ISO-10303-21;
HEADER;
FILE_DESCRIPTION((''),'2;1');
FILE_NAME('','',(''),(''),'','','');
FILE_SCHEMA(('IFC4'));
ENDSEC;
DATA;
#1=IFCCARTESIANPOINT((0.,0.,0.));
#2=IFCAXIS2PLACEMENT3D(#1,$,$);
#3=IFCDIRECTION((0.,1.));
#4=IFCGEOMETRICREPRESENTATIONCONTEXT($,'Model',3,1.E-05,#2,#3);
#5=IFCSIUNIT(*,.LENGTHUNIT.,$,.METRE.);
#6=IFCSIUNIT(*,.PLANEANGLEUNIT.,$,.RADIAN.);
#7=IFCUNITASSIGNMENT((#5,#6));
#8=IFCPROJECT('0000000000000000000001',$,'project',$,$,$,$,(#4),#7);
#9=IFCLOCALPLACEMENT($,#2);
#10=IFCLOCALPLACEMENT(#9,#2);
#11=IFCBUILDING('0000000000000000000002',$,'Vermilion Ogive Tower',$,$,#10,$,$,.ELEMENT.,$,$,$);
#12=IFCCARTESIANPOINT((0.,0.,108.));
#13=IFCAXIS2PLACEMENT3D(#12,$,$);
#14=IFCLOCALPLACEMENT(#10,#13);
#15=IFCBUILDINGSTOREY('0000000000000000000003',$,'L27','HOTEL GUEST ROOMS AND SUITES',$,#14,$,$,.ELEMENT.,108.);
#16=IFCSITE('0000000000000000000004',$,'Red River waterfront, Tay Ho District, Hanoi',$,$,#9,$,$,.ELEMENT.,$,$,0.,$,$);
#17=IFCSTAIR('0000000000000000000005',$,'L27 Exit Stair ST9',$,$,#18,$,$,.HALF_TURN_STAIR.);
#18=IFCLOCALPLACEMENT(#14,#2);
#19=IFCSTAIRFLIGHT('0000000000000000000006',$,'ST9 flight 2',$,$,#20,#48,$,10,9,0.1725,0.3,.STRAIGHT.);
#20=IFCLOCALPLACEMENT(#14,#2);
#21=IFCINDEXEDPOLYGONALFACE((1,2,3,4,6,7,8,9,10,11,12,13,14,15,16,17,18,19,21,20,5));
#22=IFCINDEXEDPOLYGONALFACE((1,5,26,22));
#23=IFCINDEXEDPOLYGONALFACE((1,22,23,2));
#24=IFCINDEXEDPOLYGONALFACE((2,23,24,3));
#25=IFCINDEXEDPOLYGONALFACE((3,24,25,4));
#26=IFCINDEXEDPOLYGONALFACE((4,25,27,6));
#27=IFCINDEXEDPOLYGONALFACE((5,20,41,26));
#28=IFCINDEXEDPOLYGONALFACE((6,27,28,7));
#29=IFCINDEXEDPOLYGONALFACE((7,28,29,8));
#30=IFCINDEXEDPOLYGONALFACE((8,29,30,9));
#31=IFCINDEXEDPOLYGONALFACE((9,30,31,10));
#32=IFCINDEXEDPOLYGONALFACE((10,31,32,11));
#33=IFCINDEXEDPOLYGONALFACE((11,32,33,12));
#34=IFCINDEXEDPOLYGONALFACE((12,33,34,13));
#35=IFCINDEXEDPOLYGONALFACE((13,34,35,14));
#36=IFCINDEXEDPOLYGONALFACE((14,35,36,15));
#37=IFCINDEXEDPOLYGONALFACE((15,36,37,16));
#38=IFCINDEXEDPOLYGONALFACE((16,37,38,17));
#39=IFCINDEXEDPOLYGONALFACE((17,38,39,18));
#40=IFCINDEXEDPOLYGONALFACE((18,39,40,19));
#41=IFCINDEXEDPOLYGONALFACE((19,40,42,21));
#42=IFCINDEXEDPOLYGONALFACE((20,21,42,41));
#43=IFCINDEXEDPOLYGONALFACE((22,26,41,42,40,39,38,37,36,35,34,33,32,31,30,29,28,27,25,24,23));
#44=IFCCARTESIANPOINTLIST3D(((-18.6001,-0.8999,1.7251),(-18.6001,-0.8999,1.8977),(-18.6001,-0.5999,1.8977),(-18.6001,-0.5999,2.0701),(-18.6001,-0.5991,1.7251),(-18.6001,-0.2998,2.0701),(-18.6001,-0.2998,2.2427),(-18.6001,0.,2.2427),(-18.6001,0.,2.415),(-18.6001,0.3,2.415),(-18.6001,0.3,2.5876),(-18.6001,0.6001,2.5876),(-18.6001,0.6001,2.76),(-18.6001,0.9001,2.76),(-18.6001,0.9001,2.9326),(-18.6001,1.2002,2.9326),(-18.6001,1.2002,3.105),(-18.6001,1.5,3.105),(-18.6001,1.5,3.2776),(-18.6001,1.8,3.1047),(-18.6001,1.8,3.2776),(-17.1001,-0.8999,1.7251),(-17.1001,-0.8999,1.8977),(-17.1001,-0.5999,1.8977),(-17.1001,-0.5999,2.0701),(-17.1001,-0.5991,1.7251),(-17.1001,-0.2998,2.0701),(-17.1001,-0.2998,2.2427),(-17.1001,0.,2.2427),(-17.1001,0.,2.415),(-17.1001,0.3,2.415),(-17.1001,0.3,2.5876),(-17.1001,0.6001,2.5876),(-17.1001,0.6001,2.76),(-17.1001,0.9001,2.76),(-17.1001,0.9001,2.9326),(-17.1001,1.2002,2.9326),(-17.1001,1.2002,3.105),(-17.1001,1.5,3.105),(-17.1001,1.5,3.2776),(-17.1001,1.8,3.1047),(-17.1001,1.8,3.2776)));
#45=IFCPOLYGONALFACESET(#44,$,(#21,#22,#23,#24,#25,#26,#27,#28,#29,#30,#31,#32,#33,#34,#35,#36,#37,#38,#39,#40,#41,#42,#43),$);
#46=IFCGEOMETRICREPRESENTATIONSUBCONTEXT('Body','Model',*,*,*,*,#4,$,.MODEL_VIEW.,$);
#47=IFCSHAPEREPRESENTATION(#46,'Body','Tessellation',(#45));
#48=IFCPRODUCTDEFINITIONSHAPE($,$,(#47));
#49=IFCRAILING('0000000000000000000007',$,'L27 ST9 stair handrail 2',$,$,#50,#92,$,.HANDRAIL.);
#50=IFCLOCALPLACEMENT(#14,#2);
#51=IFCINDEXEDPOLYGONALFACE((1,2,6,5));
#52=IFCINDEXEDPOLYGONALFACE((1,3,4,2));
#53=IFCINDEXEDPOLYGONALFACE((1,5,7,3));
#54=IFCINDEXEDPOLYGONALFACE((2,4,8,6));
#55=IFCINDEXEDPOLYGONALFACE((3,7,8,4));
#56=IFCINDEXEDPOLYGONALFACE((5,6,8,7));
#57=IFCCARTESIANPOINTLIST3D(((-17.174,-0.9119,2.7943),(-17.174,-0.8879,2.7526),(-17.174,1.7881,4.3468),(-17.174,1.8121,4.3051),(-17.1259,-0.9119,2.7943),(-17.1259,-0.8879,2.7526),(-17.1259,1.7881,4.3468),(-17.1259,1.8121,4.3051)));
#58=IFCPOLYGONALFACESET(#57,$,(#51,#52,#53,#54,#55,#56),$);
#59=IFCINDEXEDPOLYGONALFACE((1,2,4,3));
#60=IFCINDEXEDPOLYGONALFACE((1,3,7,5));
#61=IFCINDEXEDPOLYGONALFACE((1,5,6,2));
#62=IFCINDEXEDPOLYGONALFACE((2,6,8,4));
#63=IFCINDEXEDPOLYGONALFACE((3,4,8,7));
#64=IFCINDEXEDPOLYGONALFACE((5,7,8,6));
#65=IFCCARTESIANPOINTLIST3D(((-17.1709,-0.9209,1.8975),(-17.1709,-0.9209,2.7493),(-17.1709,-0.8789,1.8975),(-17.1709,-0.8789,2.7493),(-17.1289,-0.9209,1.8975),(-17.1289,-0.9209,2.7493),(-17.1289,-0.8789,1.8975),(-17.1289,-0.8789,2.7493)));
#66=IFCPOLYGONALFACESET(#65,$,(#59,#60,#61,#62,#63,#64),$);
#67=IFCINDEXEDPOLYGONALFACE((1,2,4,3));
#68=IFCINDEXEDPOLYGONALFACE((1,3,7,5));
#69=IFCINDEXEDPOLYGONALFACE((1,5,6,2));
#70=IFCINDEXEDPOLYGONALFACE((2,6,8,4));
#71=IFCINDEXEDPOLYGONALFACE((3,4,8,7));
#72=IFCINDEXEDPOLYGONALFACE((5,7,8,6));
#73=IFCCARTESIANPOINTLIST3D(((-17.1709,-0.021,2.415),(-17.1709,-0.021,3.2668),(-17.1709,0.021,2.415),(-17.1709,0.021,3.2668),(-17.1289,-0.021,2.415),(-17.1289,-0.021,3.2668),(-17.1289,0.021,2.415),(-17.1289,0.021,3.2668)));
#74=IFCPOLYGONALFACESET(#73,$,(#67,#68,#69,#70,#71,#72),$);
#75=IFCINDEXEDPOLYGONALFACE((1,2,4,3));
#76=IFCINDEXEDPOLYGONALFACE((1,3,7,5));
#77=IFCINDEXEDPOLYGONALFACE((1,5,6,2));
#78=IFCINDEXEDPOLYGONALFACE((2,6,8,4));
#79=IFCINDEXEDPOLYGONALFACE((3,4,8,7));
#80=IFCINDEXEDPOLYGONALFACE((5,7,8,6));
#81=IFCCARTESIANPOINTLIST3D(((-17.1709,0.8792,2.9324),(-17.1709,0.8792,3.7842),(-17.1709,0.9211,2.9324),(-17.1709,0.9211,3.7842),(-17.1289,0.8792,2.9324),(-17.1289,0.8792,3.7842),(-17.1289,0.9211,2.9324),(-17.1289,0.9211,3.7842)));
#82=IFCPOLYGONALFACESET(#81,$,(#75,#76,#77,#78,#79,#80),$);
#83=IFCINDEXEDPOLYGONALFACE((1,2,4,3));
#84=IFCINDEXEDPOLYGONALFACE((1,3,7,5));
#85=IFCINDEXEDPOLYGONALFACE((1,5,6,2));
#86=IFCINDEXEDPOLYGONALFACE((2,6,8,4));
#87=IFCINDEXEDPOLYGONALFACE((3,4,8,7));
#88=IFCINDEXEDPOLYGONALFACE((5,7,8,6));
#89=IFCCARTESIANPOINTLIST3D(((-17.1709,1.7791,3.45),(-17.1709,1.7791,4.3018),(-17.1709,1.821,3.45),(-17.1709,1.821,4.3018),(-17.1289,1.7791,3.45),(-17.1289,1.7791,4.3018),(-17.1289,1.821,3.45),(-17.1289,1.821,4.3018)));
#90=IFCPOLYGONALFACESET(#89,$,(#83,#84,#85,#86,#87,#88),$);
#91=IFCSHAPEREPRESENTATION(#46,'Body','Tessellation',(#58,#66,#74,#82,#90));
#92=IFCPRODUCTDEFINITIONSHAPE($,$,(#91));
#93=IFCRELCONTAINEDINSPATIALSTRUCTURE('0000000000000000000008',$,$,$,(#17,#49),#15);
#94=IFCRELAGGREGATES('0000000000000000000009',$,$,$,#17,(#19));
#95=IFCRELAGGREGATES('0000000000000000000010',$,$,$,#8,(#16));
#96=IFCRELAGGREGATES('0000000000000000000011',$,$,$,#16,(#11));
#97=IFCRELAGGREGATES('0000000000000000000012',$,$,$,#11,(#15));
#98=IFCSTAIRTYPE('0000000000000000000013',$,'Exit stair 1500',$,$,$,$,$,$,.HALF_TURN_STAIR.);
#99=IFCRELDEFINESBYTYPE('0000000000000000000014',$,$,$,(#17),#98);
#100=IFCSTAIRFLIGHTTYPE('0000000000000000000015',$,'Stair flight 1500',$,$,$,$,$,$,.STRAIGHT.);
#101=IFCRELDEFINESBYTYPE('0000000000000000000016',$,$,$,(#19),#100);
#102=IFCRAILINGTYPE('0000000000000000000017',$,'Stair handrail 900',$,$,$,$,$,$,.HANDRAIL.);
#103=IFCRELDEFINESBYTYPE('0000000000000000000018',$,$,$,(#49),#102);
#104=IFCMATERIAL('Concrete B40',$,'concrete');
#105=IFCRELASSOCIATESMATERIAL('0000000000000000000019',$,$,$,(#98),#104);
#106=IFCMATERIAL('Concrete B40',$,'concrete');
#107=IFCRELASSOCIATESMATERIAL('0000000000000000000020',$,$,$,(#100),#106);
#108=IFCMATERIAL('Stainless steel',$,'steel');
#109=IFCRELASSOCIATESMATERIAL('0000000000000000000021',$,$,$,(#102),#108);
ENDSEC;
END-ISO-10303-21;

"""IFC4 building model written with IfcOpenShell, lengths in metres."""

from ifc_helpers import new_model, si_unit, direction, frame, origin, origin_2d, place, context, subcontext, project, spatial, polyline, rectangle, outline, extrude, material, type_object, element, aggregate, save


model = new_model("IFC4")

# Units and contexts
model_context = context("Model", 3, precision=1e-05, world=origin(), true_north=direction((0.0, 1.0)))
body_context = subcontext(model_context, "Body", "Model", "MODEL_VIEW")
ifc_project = project(units=[si_unit("LENGTHUNIT", "METRE"), si_unit("PLANEANGLEUNIT", "RADIAN")], contexts=[model_context])

# Site, building, storey
site_placement = place(None, origin())
site = spatial("IfcSite", under=ifc_project, at=site_placement, Name="Red River waterfront, Tay Ho District, Hanoi", CompositionType="ELEMENT", RefElevation=0.0)
building_placement = place(site_placement, origin())
building = spatial("IfcBuilding", under=site, at=building_placement, Name="Vermilion Ogive Tower", CompositionType="ELEMENT")
storey_placement = place(building_placement, frame((0.0, 0.0, 108.0)))
storey = spatial("IfcBuildingStorey", under=building, at=storey_placement, Name="L27", Description="HOTEL GUEST ROOMS AND SUITES", CompositionType="ELEMENT", Elevation=108.0)

# Stair, stair flight
ifc_material_1 = material(Name="Concrete B40", Category="concrete")
stair_type = type_object("IfcStairType", Name="Exit stair 1500", PredefinedType="HALF_TURN_STAIR", material=ifc_material_1)
stair_placement = place(storey_placement, origin())
stair = element("IfcStair", 1, at=stair_placement, inside=storey, type_object=stair_type, Name="L27 Exit Stair ST9", PredefinedType="HALF_TURN_STAIR")
ifc_material_2 = material(Name="Concrete B40", Category="concrete")
stair_flight_type = type_object("IfcStairFlightType", Name="Stair flight 1500", PredefinedType="STRAIGHT", material=ifc_material_2)
stair_flight_placement = place(storey_placement, frame((-17.8501, -0.8999, 1.7251), z_axis=(0.0, 0.0, 1.0), x_axis=(0.0, 1.0, 0.0)))
stair_flight = element("IfcStairFlight", 2, at=stair_flight_placement, type_object=stair_flight_type, Name="ST9 flight 2", NumberOfRisers=10, NumberOfTreads=9, PredefinedType="STRAIGHT", RiserHeight=0.1725, TreadLength=0.3, context=body_context, shape_type="SweptSolid", body=[
    extrude(outline(polyline([(0.0, 0.0), (0.0, 0.1726), (0.3, 0.1726), (0.3, 0.345), (0.6001, 0.345), (0.6001, 0.5176), (0.8999, 0.5176), (0.8999, 0.6899), (1.2, 0.6899), (1.2, 0.8625), (1.5, 0.8625), (1.5, 1.0349), (1.8, 1.0349), (1.8, 1.2075), (2.1001, 1.2075), (2.1001, 1.3799), (2.3999, 1.3799), (2.3999, 1.5525), (2.7, 1.5525), (2.7, 1.7251), (2.7, 1.3796), (0.3008, 0.0), (0.0, 0.0)])), frame((0.0, 0.75, 0.0), z_axis=(0.0, -1.0, 0.0), x_axis=(1.0, 0.0, 0.0)), (0.0, 0.0, 1.0), 1.5),
])
aggregate(stair, [stair_flight])

# Railing
ifc_material_3 = material(Name="Stainless steel", Category="steel")
railing_type = type_object("IfcRailingType", Name="Stair handrail 900", PredefinedType="HANDRAIL", material=ifc_material_3)
railing_placement = place(storey_placement, frame((-17.1499, -0.8999, 1.8975)))
element("IfcRailing", 3, at=railing_placement, inside=storey, type_object=railing_type, Name="L27 ST9 stair handrail 2", PredefinedType="HANDRAIL", context=body_context, shape_type="SweptSolid", body=[
    extrude(rectangle(XDim=0.0481, YDim=0.0481, at=origin_2d()), frame((0.0, 0.0, 0.876), z_axis=(0.0, 0.866904, 0.498476), x_axis=(-1.0, 0.0, 0.0)), (0.0, 0.0, 1.0), 3.1145),
    extrude(rectangle(XDim=0.042, YDim=0.042, at=origin_2d()), origin(), (0.0, 0.0, 1.0), 0.8518),
    extrude(rectangle(XDim=0.042, YDim=0.042, at=origin_2d()), frame((0.0, 0.8999, 0.5176)), (0.0, 0.0, 1.0), 0.8518),
    extrude(rectangle(XDim=0.042, YDim=0.042, at=origin_2d()), frame((0.0, 1.8, 1.0349)), (0.0, 0.0, 1.0), 0.8518),
    extrude(rectangle(XDim=0.042, YDim=0.042, at=origin_2d()), frame((0.0, 2.7, 1.5525)), (0.0, 0.0, 1.0), 0.8518),
])

save(model, "model.ifc")
